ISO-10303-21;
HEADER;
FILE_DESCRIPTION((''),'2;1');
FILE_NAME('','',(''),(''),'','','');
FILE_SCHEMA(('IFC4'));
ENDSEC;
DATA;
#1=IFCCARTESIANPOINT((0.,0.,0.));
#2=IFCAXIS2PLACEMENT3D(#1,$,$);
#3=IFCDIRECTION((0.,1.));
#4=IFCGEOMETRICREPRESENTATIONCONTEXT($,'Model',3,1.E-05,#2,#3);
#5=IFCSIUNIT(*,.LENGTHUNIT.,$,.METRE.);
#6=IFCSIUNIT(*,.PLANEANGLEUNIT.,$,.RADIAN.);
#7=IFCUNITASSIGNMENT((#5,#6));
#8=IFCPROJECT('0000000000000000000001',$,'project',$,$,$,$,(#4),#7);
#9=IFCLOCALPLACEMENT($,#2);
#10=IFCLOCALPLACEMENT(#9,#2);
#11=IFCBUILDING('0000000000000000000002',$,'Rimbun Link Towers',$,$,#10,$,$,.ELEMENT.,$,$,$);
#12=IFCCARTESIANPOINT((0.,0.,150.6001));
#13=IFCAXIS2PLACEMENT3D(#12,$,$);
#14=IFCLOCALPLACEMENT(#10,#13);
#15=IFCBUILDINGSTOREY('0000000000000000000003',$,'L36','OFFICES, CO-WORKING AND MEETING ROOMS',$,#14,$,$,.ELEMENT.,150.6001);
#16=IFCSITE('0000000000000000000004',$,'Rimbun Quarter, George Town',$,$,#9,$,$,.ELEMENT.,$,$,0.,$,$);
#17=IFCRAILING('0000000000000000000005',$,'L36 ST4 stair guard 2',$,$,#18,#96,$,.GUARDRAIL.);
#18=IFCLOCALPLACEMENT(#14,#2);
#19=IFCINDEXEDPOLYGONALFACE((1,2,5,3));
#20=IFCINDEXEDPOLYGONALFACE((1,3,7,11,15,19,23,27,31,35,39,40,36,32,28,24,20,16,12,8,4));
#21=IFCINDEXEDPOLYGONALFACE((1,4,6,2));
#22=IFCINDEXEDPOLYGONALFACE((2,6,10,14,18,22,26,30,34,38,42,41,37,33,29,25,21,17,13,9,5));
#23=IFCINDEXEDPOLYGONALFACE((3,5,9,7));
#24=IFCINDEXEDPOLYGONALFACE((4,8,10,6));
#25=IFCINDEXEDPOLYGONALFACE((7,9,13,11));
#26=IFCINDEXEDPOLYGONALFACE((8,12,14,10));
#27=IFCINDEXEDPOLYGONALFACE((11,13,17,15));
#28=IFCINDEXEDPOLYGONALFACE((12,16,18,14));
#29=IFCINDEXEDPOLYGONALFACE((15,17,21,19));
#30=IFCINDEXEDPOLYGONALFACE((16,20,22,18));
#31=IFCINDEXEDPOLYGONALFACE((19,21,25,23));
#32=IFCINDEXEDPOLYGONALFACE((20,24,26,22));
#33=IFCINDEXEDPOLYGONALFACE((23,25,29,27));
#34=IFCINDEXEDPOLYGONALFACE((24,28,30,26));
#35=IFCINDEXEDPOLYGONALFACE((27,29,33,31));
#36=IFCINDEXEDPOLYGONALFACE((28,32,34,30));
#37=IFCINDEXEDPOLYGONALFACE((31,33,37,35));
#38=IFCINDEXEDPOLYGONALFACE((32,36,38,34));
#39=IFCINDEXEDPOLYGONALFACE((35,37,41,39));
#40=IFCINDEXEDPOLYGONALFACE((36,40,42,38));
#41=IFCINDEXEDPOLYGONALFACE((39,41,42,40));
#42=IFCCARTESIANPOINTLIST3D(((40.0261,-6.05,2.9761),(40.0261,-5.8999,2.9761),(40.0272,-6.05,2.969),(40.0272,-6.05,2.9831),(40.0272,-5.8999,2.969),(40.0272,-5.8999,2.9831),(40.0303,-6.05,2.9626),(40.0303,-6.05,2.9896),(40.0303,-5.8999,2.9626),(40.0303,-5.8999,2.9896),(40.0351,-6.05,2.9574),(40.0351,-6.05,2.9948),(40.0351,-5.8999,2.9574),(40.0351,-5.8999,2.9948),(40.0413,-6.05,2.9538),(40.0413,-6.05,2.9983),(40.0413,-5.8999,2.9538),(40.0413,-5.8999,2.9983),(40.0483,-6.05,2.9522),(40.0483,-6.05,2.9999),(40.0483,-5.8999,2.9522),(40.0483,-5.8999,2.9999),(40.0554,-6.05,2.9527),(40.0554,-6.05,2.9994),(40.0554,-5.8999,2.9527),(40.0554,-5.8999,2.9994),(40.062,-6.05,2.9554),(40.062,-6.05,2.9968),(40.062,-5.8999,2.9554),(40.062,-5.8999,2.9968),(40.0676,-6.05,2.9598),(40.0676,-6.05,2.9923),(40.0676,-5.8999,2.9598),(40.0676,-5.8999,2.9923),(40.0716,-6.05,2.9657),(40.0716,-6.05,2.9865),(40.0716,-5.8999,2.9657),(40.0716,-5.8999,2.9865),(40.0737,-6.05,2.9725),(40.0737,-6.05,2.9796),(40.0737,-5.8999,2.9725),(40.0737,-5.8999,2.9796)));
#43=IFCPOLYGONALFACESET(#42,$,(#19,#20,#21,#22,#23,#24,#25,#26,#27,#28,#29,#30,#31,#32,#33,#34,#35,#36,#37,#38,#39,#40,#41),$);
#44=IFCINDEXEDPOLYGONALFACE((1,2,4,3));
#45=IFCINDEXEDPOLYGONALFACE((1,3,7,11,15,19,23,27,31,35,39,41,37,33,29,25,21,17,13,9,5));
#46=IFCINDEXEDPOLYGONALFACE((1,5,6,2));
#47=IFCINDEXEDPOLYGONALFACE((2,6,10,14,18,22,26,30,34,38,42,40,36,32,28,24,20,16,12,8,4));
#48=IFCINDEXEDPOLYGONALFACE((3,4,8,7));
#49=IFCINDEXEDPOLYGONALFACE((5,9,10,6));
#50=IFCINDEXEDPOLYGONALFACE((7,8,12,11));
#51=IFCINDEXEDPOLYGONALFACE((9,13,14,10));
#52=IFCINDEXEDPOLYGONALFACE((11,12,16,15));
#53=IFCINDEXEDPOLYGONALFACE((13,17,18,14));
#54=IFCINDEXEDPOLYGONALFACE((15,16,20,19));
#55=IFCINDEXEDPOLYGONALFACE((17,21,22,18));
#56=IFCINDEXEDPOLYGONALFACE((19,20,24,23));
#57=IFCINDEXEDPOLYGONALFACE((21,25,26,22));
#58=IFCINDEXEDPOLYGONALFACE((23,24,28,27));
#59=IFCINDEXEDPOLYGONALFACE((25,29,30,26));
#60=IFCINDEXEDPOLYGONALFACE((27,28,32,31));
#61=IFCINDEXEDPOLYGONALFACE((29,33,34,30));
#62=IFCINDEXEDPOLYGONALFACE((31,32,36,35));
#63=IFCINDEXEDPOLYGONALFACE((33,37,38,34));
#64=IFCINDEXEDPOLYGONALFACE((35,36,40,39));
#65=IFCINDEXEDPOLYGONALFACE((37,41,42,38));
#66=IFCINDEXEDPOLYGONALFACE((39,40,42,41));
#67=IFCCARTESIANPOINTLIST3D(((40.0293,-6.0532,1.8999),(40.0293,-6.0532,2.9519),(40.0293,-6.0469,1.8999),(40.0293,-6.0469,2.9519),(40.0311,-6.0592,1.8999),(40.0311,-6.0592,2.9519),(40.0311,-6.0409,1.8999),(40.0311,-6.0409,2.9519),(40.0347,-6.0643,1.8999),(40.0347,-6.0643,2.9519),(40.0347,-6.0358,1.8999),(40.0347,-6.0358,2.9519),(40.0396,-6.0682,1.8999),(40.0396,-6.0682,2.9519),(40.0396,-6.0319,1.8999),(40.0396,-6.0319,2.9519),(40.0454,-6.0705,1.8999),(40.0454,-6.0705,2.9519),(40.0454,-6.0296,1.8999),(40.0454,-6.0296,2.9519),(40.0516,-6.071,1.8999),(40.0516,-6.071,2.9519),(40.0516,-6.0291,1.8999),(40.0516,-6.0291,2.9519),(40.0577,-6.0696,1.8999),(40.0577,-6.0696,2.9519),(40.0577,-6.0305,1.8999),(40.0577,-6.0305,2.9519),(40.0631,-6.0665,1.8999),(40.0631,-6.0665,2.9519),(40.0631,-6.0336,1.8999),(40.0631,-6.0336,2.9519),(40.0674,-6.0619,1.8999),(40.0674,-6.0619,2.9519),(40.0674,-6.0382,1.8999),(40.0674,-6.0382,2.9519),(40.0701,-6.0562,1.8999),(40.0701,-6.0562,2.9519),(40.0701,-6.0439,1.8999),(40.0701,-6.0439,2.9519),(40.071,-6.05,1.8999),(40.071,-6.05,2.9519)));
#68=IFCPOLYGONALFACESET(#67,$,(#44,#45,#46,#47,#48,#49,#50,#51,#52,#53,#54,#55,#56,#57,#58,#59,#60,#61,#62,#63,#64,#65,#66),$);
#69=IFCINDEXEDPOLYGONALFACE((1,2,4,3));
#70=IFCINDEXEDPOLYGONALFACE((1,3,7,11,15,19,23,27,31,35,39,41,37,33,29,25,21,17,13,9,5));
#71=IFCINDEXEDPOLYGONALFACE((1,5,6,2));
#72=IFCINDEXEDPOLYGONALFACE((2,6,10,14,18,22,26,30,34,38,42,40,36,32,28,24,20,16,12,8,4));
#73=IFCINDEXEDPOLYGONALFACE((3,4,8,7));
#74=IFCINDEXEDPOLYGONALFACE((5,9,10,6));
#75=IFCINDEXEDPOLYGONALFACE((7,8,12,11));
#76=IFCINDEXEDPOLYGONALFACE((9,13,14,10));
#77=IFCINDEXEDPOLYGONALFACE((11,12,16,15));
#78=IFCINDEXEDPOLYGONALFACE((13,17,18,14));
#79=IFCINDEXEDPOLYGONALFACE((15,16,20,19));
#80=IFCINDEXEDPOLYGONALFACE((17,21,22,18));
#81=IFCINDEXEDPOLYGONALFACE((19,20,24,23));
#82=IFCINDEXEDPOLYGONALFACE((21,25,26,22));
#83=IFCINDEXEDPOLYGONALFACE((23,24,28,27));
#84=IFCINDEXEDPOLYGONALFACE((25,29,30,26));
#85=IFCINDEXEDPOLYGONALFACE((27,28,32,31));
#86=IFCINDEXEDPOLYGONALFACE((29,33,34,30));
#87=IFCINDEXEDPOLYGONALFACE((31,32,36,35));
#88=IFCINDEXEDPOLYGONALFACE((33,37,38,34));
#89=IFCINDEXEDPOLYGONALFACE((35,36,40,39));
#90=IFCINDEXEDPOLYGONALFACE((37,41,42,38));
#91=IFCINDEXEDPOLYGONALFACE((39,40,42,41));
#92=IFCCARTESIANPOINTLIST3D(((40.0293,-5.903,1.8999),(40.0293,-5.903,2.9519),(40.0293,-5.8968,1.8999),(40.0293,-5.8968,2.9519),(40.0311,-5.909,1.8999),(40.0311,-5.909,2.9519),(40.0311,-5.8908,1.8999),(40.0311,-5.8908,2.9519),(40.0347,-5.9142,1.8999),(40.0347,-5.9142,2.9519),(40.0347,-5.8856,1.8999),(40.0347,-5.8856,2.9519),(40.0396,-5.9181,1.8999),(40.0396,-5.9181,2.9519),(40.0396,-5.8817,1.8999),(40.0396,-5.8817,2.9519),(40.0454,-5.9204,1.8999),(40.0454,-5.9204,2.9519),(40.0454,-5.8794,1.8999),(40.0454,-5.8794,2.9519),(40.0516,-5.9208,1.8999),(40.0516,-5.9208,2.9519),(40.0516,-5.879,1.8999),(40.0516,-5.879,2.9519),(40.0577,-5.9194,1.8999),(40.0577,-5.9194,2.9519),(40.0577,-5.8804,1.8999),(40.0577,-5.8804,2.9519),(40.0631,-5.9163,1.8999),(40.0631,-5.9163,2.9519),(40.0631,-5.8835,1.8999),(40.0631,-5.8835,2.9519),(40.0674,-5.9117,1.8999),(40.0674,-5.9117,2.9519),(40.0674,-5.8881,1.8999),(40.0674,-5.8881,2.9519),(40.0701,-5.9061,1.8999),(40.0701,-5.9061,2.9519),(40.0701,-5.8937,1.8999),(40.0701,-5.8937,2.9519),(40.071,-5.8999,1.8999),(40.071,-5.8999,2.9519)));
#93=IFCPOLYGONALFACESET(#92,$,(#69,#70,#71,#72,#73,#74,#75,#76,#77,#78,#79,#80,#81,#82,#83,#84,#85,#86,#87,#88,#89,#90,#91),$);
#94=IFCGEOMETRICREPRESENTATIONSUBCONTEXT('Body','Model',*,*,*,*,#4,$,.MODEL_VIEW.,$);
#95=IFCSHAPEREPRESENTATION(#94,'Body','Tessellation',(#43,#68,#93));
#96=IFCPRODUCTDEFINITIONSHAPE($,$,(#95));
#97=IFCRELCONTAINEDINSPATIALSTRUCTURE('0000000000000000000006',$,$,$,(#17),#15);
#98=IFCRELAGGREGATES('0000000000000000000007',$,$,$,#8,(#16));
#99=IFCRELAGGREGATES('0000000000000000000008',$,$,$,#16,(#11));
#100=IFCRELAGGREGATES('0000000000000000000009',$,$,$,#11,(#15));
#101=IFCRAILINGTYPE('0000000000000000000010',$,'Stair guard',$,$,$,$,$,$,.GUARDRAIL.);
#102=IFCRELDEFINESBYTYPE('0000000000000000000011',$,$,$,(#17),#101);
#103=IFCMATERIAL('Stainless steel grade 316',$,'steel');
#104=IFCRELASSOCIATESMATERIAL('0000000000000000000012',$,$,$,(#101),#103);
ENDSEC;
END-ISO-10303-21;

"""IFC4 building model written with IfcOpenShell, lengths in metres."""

from ifc_helpers import new_model, si_unit, direction, frame, origin, origin_2d, place, context, subcontext, project, spatial, circle, extrude, material, type_object, element, save


model = new_model("IFC4")

# Units and contexts
model_context = context("Model", 3, precision=1e-05, world=origin(), true_north=direction((0.0, 1.0)))
body_context = subcontext(model_context, "Body", "Model", "MODEL_VIEW")
ifc_project = project(units=[si_unit("LENGTHUNIT", "METRE"), si_unit("PLANEANGLEUNIT", "RADIAN")], contexts=[model_context])

# Site, building, storey
site_placement = place(None, origin())
site = spatial("IfcSite", under=ifc_project, at=site_placement, Name="Rimbun Quarter, George Town", CompositionType="ELEMENT", RefElevation=0.0)
building_placement = place(site_placement, origin())
building = spatial("IfcBuilding", under=site, at=building_placement, Name="Rimbun Link Towers", CompositionType="ELEMENT")
storey_placement = place(building_placement, frame((0.0, 0.0, 150.6001)))
storey = spatial("IfcBuildingStorey", under=building, at=storey_placement, Name="L36", Description="OFFICES, CO-WORKING AND MEETING ROOMS", CompositionType="ELEMENT", Elevation=150.6001)

# Railing
ifc_material_1 = material(Name="Stainless steel grade 316", Category="steel")
railing_type_1 = type_object("IfcRailingType", Name="Stair guard", PredefinedType="GUARDRAIL", material=ifc_material_1)
railing_1_placement = place(storey_placement, frame((40.05, -6.05, 1.8999)))
element("IfcRailing", 1, at=railing_1_placement, inside=storey, type_object=railing_type_1, Name="L36 ST4 stair guard 2", PredefinedType="GUARDRAIL", context=body_context, shape_type="SweptSolid", body=[
    extrude(circle(Radius=0.0239, at=origin_2d()), frame((0.0, 0.0, 1.0762), z_axis=(0.0, 1.0, 0.0), x_axis=(-1.0, 0.0, 0.0)), (0.0, 0.0, 1.0), 0.1501),
    extrude(circle(Radius=0.021, at=origin_2d()), origin(), (0.0, 0.0, 1.0), 1.052),
    extrude(circle(Radius=0.021, at=origin_2d()), frame((0.0, 0.1501, 0.0)), (0.0, 0.0, 1.0), 1.052),
])

save(model, "model.ifc")
